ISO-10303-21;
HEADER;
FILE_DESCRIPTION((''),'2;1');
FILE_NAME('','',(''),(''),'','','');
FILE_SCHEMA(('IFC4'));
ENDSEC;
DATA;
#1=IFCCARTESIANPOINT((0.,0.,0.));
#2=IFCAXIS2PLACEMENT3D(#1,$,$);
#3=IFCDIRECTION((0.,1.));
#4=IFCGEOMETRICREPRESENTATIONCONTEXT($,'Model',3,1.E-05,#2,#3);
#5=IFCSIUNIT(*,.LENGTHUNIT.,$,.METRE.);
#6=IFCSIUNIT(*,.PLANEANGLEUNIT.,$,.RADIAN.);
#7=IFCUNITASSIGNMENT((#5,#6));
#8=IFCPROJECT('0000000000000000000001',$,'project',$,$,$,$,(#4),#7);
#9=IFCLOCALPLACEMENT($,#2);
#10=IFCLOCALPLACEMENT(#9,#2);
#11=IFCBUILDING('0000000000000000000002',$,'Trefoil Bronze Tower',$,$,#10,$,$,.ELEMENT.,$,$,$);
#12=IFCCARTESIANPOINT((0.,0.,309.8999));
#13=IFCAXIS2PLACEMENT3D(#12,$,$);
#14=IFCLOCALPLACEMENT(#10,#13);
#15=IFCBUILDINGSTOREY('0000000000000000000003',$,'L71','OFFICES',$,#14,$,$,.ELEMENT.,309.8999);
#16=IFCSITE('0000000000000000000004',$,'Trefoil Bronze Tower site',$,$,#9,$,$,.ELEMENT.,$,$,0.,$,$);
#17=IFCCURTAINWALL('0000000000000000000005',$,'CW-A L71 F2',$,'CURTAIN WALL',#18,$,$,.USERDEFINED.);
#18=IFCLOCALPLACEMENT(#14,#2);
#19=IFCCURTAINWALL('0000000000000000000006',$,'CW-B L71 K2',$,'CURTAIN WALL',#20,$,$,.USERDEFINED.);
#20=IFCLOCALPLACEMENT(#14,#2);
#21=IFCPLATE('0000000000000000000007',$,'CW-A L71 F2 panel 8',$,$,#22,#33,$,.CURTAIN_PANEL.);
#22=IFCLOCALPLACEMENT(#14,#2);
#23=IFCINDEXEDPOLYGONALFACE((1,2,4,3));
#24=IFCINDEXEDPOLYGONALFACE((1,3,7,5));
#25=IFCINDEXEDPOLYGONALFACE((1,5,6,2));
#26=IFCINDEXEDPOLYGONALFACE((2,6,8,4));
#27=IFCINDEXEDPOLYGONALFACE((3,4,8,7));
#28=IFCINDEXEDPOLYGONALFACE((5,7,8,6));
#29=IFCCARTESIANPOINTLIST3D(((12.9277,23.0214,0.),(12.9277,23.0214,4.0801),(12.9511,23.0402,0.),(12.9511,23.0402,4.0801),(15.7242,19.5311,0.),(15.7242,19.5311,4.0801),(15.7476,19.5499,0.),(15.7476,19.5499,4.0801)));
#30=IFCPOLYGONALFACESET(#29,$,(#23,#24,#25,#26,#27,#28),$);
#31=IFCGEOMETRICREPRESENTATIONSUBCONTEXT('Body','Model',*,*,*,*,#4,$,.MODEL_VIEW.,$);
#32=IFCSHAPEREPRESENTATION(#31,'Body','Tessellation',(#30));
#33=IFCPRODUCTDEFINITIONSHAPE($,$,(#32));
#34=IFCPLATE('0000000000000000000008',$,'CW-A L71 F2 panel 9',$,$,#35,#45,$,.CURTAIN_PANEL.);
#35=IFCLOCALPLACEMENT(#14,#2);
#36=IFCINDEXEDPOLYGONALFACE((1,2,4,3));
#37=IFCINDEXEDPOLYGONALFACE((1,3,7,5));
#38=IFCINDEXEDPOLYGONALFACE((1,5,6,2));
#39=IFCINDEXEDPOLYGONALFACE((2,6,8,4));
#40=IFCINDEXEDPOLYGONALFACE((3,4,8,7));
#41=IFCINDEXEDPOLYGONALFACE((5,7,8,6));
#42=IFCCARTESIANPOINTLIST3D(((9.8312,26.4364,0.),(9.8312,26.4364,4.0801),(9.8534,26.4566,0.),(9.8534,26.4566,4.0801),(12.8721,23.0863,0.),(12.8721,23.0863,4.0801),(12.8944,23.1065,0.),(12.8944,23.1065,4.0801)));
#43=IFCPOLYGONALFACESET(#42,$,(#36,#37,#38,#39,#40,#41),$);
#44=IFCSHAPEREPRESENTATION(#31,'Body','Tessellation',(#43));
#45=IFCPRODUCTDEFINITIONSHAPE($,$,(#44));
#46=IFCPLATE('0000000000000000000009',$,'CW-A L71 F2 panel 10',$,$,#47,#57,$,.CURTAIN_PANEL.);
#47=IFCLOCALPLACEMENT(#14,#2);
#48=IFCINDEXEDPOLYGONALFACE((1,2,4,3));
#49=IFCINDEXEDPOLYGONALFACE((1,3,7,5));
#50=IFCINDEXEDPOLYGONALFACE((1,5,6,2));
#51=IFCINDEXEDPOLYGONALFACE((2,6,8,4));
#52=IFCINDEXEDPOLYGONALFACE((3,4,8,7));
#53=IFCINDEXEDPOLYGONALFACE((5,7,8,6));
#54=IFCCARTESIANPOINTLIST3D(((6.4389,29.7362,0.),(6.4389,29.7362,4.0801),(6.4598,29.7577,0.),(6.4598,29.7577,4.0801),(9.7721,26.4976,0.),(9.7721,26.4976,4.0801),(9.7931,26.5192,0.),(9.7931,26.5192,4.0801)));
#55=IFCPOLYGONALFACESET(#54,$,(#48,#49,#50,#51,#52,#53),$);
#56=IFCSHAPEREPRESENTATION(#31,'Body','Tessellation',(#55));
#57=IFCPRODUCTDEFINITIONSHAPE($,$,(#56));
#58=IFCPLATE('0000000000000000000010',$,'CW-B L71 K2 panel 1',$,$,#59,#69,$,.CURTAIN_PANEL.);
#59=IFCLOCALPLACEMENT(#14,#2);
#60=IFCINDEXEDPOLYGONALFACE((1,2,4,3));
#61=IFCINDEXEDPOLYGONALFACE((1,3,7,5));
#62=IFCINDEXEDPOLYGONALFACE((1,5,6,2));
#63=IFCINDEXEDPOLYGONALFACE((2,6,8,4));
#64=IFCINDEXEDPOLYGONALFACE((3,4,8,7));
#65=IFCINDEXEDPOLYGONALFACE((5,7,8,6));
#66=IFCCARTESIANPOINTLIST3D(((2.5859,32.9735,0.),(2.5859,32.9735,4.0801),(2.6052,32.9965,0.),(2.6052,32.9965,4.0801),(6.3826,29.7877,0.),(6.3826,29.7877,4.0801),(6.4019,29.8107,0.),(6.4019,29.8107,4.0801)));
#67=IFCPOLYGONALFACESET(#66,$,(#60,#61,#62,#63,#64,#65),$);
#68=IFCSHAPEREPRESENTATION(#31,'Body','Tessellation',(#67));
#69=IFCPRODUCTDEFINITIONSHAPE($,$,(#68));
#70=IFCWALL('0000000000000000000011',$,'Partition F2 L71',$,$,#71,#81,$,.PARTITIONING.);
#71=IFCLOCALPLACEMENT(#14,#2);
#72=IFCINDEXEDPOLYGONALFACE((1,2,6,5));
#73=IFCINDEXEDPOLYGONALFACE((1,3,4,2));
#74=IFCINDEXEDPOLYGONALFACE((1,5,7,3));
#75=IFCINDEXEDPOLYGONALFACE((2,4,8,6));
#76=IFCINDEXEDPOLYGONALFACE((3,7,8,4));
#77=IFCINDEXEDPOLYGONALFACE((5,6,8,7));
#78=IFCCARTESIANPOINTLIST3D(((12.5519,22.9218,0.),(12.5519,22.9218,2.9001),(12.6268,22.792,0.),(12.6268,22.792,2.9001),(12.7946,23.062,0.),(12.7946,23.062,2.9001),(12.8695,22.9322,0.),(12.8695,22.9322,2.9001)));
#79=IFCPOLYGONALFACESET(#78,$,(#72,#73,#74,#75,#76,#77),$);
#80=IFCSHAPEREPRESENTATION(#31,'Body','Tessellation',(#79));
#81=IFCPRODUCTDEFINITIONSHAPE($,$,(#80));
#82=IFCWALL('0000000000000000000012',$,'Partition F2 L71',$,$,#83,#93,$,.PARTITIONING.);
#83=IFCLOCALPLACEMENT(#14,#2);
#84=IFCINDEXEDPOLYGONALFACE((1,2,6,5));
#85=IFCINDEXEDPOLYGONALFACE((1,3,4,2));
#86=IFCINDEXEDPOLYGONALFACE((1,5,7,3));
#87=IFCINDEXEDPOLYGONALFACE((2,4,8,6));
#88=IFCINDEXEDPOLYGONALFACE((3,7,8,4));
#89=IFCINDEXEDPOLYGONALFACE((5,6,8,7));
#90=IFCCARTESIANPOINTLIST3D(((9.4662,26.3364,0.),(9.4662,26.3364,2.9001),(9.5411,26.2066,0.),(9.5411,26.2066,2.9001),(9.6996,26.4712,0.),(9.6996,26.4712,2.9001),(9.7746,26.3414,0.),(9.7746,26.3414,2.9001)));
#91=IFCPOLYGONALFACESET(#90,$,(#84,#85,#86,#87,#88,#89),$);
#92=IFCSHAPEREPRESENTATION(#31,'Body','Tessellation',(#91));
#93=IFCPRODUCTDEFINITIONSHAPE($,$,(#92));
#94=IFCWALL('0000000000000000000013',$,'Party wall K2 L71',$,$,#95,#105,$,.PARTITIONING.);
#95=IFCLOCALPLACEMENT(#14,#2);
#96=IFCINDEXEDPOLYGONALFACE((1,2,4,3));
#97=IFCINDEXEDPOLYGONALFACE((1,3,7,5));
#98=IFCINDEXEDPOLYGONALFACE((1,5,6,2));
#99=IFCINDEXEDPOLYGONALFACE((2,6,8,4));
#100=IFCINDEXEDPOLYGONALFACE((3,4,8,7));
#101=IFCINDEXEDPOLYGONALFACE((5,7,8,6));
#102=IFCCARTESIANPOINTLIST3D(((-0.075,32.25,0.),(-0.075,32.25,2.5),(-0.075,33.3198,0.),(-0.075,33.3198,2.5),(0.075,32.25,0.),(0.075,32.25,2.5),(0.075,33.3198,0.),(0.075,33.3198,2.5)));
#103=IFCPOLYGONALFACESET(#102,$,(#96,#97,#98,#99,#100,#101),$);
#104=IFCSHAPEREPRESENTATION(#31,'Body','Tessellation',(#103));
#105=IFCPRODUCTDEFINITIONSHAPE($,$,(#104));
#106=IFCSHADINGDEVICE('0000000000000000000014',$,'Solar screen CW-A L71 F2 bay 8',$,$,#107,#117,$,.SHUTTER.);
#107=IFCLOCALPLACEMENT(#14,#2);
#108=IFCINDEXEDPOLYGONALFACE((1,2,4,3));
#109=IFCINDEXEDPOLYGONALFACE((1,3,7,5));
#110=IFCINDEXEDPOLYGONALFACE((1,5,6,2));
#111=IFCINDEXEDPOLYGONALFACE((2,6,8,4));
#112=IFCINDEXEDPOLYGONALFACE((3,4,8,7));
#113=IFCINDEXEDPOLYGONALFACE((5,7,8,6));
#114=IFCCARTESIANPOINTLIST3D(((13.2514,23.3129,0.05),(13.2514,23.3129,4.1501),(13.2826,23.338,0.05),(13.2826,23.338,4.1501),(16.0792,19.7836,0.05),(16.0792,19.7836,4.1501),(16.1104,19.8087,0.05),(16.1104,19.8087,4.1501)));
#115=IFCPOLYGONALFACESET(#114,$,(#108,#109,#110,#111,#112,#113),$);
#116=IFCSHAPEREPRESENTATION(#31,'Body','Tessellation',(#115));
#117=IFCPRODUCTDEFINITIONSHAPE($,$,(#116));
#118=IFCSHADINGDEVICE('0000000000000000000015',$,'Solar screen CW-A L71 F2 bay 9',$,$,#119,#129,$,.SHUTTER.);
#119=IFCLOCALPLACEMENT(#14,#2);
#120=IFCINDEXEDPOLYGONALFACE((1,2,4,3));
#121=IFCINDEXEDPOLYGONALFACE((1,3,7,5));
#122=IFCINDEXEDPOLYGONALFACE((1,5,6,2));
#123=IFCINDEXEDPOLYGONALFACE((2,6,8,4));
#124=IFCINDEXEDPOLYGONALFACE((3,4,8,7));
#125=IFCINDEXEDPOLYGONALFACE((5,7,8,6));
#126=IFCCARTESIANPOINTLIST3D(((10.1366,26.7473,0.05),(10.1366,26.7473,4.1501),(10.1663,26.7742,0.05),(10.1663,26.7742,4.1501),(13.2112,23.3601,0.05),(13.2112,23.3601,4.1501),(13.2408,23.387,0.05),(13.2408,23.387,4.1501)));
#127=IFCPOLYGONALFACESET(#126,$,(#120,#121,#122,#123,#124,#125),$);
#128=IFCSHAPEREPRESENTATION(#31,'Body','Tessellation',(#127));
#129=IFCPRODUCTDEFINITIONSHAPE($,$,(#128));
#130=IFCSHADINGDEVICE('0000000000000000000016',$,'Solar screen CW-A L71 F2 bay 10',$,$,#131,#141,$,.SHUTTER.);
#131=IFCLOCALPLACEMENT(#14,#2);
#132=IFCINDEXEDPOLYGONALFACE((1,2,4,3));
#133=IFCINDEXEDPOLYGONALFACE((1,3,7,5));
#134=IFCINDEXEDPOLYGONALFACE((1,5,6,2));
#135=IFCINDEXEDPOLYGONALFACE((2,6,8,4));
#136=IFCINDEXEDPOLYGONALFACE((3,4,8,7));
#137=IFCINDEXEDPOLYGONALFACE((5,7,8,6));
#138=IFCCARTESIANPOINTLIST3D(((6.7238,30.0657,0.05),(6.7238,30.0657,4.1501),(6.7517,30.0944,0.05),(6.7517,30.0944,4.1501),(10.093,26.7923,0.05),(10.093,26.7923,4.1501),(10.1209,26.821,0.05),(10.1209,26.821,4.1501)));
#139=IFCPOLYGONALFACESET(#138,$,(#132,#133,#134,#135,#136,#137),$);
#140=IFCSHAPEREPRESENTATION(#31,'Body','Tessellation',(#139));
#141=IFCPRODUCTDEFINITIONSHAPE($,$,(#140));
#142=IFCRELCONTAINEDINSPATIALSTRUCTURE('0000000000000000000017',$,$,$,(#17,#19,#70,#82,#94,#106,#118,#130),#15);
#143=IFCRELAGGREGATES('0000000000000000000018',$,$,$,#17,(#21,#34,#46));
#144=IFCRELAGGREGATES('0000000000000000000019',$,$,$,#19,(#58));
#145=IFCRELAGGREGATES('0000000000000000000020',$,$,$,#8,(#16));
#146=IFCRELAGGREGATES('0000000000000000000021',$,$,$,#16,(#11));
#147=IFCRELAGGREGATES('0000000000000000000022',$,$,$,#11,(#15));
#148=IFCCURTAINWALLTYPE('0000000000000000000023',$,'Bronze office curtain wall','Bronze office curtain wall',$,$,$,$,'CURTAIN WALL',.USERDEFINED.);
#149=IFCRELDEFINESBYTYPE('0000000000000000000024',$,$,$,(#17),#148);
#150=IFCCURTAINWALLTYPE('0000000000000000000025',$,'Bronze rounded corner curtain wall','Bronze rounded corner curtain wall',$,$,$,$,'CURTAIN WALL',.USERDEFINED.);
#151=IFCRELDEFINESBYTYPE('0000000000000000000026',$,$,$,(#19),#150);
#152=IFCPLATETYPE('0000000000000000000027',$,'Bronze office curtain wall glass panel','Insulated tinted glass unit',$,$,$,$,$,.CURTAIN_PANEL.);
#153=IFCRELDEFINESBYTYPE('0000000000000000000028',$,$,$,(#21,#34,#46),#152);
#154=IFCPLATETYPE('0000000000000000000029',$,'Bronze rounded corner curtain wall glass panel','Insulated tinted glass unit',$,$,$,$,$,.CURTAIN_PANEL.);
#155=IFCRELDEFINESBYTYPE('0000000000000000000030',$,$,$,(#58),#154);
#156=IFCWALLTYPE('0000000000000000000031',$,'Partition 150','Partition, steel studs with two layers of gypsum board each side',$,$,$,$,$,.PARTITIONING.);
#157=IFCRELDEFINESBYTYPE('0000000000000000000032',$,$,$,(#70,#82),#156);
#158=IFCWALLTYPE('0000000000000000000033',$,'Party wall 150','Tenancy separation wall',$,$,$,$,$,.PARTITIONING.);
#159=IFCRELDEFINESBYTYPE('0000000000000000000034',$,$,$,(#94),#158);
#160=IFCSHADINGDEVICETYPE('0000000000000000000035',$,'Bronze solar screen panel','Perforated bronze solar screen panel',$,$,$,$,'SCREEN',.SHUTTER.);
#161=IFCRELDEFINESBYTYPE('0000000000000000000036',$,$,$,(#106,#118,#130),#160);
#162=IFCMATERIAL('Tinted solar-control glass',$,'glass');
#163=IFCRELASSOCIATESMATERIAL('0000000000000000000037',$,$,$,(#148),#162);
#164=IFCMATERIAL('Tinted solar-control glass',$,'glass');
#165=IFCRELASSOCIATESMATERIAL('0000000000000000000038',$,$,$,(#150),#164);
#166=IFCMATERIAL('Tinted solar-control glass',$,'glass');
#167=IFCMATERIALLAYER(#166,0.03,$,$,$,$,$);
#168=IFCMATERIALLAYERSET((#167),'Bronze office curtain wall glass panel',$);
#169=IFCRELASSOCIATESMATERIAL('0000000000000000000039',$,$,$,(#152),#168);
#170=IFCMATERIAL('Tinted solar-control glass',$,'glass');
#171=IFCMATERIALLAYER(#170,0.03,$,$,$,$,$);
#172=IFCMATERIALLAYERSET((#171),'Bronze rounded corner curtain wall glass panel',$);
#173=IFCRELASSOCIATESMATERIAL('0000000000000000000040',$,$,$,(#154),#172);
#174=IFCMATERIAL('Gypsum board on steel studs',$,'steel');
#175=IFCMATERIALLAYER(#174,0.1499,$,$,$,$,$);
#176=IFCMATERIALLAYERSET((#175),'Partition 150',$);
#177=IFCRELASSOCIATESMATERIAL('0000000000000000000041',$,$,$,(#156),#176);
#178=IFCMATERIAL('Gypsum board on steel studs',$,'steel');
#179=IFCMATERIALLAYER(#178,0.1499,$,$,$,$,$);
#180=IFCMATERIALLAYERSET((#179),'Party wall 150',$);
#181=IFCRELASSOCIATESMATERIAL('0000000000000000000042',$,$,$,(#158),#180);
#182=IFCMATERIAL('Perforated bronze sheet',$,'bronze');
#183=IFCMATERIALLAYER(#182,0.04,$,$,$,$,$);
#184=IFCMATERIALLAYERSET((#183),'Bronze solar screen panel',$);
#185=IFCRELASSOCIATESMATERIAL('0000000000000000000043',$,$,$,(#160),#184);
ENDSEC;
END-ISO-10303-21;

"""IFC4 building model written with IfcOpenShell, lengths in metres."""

from ifc_helpers import new_model, si_unit, direction, frame, frame_2d, origin, origin_2d, place, context, subcontext, project, spatial, rectangle, extrude, material, layer, layer_set, type_object, element, aggregate, save


model = new_model("IFC4")

# Units and contexts
model_context = context("Model", 3, precision=1e-05, world=origin(), true_north=direction((0.0, 1.0)))
body_context = subcontext(model_context, "Body", "Model", "MODEL_VIEW")
ifc_project = project(units=[si_unit("LENGTHUNIT", "METRE"), si_unit("PLANEANGLEUNIT", "RADIAN")], contexts=[model_context])

# Site, building, storey
site_placement = place(None, origin())
site = spatial("IfcSite", under=ifc_project, at=site_placement, Name="Trefoil Bronze Tower site", CompositionType="ELEMENT", RefElevation=0.0)
building_placement = place(site_placement, origin())
building = spatial("IfcBuilding", under=site, at=building_placement, Name="Trefoil Bronze Tower", CompositionType="ELEMENT")
storey_placement = place(building_placement, frame((0.0, 0.0, 309.8999)))
storey = spatial("IfcBuildingStorey", under=building, at=storey_placement, Name="L71", Description="OFFICES", CompositionType="ELEMENT", Elevation=309.8999)

# Curtain walls
ifc_material_1 = material(Name="Tinted solar-control glass", Category="glass")
curtain_wall_type_1 = type_object("IfcCurtainWallType", Name="Bronze office curtain wall", Description="Bronze office curtain wall", ElementType="CURTAIN WALL", PredefinedType="USERDEFINED", material=ifc_material_1)
curtain_wall_1_placement = place(storey_placement, origin())
curtain_wall_1 = element("IfcCurtainWall", 1, at=curtain_wall_1_placement, inside=storey, type_object=curtain_wall_type_1, Name="CW-A L71 F2", ObjectType="CURTAIN WALL", PredefinedType="USERDEFINED")
ifc_material_2 = material(Name="Tinted solar-control glass", Category="glass")
curtain_wall_type_2 = type_object("IfcCurtainWallType", Name="Bronze rounded corner curtain wall", Description="Bronze rounded corner curtain wall", ElementType="CURTAIN WALL", PredefinedType="USERDEFINED", material=ifc_material_2)
curtain_wall_2_placement = place(storey_placement, origin())
curtain_wall_2 = element("IfcCurtainWall", 2, at=curtain_wall_2_placement, inside=storey, type_object=curtain_wall_type_2, Name="CW-B L71 K2", ObjectType="CURTAIN WALL", PredefinedType="USERDEFINED")

# Plates
ifc_material_3 = material(Name="Tinted solar-control glass", Category="glass")
ifc_layer_1 = layer(ifc_material_3, 0.03)
ifc_layer_set_1 = layer_set([ifc_layer_1], Name="Bronze office curtain wall glass panel")
plate_type_1 = type_object("IfcPlateType", Name="Bronze office curtain wall glass panel", Description="Insulated tinted glass unit", PredefinedType="CURTAIN_PANEL", material=ifc_layer_set_1)
plate_1_placement = place(storey_placement, frame((14.3376, 21.2856, 0.0), z_axis=(0.0, 0.0, 1.0), x_axis=(-0.625287, 0.780395, 0.0)))
plate_1 = element("IfcPlate", 3, at=plate_1_placement, type_object=plate_type_1, Name="CW-A L71 F2 panel 8", PredefinedType="CURTAIN_PANEL", context=body_context, shape_type="SweptSolid", body=[
    extrude(rectangle(XDim=4.4724, YDim=0.03, at=origin_2d()), origin(), (0.0, 0.0, 1.0), 4.0801),
])
plate_2_placement = place(storey_placement, frame((11.3628, 24.7715, 0.0), z_axis=(0.0, 0.0, 1.0), x_axis=(-0.672115, 0.740447, 0.0)))
plate_2 = element("IfcPlate", 4, at=plate_2_placement, type_object=plate_type_1, Name="CW-A L71 F2 panel 9", PredefinedType="CURTAIN_PANEL", context=body_context, shape_type="SweptSolid", body=[
    extrude(rectangle(XDim=4.5244, YDim=0.03, at=origin_2d()), origin(), (0.0, 0.0, 1.0), 4.0801),
])
plate_3_placement = place(storey_placement, frame((8.116, 28.1277, 0.0), z_axis=(0.0, 0.0, 1.0), x_axis=(-0.717218, 0.696849, 0.0)))
plate_3 = element("IfcPlate", 5, at=plate_3_placement, type_object=plate_type_1, Name="CW-A L71 F2 panel 10", PredefinedType="CURTAIN_PANEL", context=body_context, shape_type="SweptSolid", body=[
    extrude(rectangle(XDim=4.6475, YDim=0.03, at=origin_2d()), origin(), (0.0, 0.0, 1.0), 4.0801),
])
aggregate(curtain_wall_1, [plate_1, plate_2, plate_3])
ifc_material_4 = material(Name="Tinted solar-control glass", Category="glass")
ifc_layer_2 = layer(ifc_material_4, 0.03)
ifc_layer_set_2 = layer_set([ifc_layer_2], Name="Bronze rounded corner curtain wall glass panel")
plate_type_2 = type_object("IfcPlateType", Name="Bronze rounded corner curtain wall glass panel", Description="Insulated tinted glass unit", PredefinedType="CURTAIN_PANEL", material=ifc_layer_set_2)
plate_4_placement = place(storey_placement, frame((4.4939, 31.3921, 0.0), z_axis=(0.0, 0.0, 1.0), x_axis=(-0.766044, 0.642788, 0.0)))
plate_4 = element("IfcPlate", 6, at=plate_4_placement, type_object=plate_type_2, Name="CW-B L71 K2 panel 1", PredefinedType="CURTAIN_PANEL", context=body_context, shape_type="SweptSolid", body=[
    extrude(rectangle(XDim=4.9563, YDim=0.03, at=origin_2d()), origin(), (0.0, 0.0, 1.0), 4.0801),
])
aggregate(curtain_wall_2, [plate_4])

# Walls
ifc_material_5 = material(Name="Gypsum board on steel studs", Category="steel")
ifc_layer_3 = layer(ifc_material_5, 0.1499)
ifc_layer_set_3 = layer_set([ifc_layer_3], Name="Partition 150")
wall_type_1 = type_object("IfcWallType", Name="Partition 150", Description="Partition, steel studs with two layers of gypsum board each side", PredefinedType="PARTITIONING", material=ifc_layer_set_3)
wall_1_placement = place(storey_placement, frame((12.5894, 22.8569, 0.0), z_axis=(0.0, 0.0, 1.0), x_axis=(0.865982, 0.500074, 0.0)))
element("IfcWall", 7, at=wall_1_placement, inside=storey, type_object=wall_type_1, Name="Partition F2 L71", PredefinedType="PARTITIONING", context=body_context, shape_type="SweptSolid", body=[
    extrude(rectangle(XDim=0.2803, YDim=0.1499, at=frame_2d((0.1401, 0.0))), origin(), (0.0, 0.0, 1.0), 2.9001),
])
wall_2_placement = place(storey_placement, frame((9.5037, 26.2715, 0.0), z_axis=(0.0, 0.0, 1.0), x_axis=(0.866005, 0.500036, 0.0)))
element("IfcWall", 8, at=wall_2_placement, inside=storey, type_object=wall_type_1, Name="Partition F2 L71", PredefinedType="PARTITIONING", context=body_context, shape_type="SweptSolid", body=[
    extrude(rectangle(XDim=0.2695, YDim=0.1499, at=frame_2d((0.1348, 0.0))), origin(), (0.0, 0.0, 1.0), 2.9001),
])
ifc_material_6 = material(Name="Gypsum board on steel studs", Category="steel")
ifc_layer_4 = layer(ifc_material_6, 0.1499)
ifc_layer_set_4 = layer_set([ifc_layer_4], Name="Party wall 150")
wall_type_2 = type_object("IfcWallType", Name="Party wall 150", Description="Tenancy separation wall", PredefinedType="PARTITIONING", material=ifc_layer_set_4)
wall_3_placement = place(storey_placement, frame((0.0, 32.25, 0.0), z_axis=(0.0, 0.0, 1.0), x_axis=(0.0, 1.0, 0.0)))
element("IfcWall", 9, at=wall_3_placement, inside=storey, type_object=wall_type_2, Name="Party wall K2 L71", PredefinedType="PARTITIONING", context=body_context, shape_type="SweptSolid", body=[
    extrude(rectangle(XDim=1.0698, YDim=0.1499, at=frame_2d((0.5349, 0.0))), origin(), (0.0, 0.0, 1.0), 2.5),
])

# Shading devices
ifc_material_7 = material(Name="Perforated bronze sheet", Category="bronze")
ifc_layer_5 = layer(ifc_material_7, 0.04)
ifc_layer_set_5 = layer_set([ifc_layer_5], Name="Bronze solar screen panel")
shading_device_type = type_object("IfcShadingDeviceType", Name="Bronze solar screen panel", Description="Perforated bronze solar screen panel", ElementType="SCREEN", PredefinedType="SHUTTER", material=ifc_layer_set_5)
shading_device_1_placement = place(storey_placement, frame((14.6809, 21.5608, 0.05), z_axis=(0.0, 0.0, 1.0), x_axis=(-0.625287, 0.780395, 0.0)))
element("IfcShadingDevice", 10, at=shading_device_1_placement, inside=storey, type_object=shading_device_type, Name="Solar screen CW-A L71 F2 bay 8", PredefinedType="SHUTTER", context=body_context, shape_type="SweptSolid", body=[
    extrude(rectangle(XDim=4.5225, YDim=0.04, at=origin_2d()), origin(), (0.0, 0.0, 1.0), 4.1001),
])
shading_device_2_placement = place(storey_placement, frame((11.6887, 25.0671, 0.05), z_axis=(0.0, 0.0, 1.0), x_axis=(-0.672115, 0.740447, 0.0)))
element("IfcShadingDevice", 11, at=shading_device_2_placement, inside=storey, type_object=shading_device_type, Name="Solar screen CW-A L71 F2 bay 9", PredefinedType="SHUTTER", context=body_context, shape_type="SweptSolid", body=[
    extrude(rectangle(XDim=4.5745, YDim=0.04, at=origin_2d()), origin(), (0.0, 0.0, 1.0), 4.1001),
])
shading_device_3_placement = place(storey_placement, frame((8.4224, 28.4434, 0.05), z_axis=(0.0, 0.0, 1.0), x_axis=(-0.717218, 0.696849, 0.0)))
element("IfcShadingDevice", 12, at=shading_device_3_placement, inside=storey, type_object=shading_device_type, Name="Solar screen CW-A L71 F2 bay 10", PredefinedType="SHUTTER", context=body_context, shape_type="SweptSolid", body=[
    extrude(rectangle(XDim=4.6975, YDim=0.04, at=origin_2d()), origin(), (0.0, 0.0, 1.0), 4.1001),
])

save(model, "model.ifc")
